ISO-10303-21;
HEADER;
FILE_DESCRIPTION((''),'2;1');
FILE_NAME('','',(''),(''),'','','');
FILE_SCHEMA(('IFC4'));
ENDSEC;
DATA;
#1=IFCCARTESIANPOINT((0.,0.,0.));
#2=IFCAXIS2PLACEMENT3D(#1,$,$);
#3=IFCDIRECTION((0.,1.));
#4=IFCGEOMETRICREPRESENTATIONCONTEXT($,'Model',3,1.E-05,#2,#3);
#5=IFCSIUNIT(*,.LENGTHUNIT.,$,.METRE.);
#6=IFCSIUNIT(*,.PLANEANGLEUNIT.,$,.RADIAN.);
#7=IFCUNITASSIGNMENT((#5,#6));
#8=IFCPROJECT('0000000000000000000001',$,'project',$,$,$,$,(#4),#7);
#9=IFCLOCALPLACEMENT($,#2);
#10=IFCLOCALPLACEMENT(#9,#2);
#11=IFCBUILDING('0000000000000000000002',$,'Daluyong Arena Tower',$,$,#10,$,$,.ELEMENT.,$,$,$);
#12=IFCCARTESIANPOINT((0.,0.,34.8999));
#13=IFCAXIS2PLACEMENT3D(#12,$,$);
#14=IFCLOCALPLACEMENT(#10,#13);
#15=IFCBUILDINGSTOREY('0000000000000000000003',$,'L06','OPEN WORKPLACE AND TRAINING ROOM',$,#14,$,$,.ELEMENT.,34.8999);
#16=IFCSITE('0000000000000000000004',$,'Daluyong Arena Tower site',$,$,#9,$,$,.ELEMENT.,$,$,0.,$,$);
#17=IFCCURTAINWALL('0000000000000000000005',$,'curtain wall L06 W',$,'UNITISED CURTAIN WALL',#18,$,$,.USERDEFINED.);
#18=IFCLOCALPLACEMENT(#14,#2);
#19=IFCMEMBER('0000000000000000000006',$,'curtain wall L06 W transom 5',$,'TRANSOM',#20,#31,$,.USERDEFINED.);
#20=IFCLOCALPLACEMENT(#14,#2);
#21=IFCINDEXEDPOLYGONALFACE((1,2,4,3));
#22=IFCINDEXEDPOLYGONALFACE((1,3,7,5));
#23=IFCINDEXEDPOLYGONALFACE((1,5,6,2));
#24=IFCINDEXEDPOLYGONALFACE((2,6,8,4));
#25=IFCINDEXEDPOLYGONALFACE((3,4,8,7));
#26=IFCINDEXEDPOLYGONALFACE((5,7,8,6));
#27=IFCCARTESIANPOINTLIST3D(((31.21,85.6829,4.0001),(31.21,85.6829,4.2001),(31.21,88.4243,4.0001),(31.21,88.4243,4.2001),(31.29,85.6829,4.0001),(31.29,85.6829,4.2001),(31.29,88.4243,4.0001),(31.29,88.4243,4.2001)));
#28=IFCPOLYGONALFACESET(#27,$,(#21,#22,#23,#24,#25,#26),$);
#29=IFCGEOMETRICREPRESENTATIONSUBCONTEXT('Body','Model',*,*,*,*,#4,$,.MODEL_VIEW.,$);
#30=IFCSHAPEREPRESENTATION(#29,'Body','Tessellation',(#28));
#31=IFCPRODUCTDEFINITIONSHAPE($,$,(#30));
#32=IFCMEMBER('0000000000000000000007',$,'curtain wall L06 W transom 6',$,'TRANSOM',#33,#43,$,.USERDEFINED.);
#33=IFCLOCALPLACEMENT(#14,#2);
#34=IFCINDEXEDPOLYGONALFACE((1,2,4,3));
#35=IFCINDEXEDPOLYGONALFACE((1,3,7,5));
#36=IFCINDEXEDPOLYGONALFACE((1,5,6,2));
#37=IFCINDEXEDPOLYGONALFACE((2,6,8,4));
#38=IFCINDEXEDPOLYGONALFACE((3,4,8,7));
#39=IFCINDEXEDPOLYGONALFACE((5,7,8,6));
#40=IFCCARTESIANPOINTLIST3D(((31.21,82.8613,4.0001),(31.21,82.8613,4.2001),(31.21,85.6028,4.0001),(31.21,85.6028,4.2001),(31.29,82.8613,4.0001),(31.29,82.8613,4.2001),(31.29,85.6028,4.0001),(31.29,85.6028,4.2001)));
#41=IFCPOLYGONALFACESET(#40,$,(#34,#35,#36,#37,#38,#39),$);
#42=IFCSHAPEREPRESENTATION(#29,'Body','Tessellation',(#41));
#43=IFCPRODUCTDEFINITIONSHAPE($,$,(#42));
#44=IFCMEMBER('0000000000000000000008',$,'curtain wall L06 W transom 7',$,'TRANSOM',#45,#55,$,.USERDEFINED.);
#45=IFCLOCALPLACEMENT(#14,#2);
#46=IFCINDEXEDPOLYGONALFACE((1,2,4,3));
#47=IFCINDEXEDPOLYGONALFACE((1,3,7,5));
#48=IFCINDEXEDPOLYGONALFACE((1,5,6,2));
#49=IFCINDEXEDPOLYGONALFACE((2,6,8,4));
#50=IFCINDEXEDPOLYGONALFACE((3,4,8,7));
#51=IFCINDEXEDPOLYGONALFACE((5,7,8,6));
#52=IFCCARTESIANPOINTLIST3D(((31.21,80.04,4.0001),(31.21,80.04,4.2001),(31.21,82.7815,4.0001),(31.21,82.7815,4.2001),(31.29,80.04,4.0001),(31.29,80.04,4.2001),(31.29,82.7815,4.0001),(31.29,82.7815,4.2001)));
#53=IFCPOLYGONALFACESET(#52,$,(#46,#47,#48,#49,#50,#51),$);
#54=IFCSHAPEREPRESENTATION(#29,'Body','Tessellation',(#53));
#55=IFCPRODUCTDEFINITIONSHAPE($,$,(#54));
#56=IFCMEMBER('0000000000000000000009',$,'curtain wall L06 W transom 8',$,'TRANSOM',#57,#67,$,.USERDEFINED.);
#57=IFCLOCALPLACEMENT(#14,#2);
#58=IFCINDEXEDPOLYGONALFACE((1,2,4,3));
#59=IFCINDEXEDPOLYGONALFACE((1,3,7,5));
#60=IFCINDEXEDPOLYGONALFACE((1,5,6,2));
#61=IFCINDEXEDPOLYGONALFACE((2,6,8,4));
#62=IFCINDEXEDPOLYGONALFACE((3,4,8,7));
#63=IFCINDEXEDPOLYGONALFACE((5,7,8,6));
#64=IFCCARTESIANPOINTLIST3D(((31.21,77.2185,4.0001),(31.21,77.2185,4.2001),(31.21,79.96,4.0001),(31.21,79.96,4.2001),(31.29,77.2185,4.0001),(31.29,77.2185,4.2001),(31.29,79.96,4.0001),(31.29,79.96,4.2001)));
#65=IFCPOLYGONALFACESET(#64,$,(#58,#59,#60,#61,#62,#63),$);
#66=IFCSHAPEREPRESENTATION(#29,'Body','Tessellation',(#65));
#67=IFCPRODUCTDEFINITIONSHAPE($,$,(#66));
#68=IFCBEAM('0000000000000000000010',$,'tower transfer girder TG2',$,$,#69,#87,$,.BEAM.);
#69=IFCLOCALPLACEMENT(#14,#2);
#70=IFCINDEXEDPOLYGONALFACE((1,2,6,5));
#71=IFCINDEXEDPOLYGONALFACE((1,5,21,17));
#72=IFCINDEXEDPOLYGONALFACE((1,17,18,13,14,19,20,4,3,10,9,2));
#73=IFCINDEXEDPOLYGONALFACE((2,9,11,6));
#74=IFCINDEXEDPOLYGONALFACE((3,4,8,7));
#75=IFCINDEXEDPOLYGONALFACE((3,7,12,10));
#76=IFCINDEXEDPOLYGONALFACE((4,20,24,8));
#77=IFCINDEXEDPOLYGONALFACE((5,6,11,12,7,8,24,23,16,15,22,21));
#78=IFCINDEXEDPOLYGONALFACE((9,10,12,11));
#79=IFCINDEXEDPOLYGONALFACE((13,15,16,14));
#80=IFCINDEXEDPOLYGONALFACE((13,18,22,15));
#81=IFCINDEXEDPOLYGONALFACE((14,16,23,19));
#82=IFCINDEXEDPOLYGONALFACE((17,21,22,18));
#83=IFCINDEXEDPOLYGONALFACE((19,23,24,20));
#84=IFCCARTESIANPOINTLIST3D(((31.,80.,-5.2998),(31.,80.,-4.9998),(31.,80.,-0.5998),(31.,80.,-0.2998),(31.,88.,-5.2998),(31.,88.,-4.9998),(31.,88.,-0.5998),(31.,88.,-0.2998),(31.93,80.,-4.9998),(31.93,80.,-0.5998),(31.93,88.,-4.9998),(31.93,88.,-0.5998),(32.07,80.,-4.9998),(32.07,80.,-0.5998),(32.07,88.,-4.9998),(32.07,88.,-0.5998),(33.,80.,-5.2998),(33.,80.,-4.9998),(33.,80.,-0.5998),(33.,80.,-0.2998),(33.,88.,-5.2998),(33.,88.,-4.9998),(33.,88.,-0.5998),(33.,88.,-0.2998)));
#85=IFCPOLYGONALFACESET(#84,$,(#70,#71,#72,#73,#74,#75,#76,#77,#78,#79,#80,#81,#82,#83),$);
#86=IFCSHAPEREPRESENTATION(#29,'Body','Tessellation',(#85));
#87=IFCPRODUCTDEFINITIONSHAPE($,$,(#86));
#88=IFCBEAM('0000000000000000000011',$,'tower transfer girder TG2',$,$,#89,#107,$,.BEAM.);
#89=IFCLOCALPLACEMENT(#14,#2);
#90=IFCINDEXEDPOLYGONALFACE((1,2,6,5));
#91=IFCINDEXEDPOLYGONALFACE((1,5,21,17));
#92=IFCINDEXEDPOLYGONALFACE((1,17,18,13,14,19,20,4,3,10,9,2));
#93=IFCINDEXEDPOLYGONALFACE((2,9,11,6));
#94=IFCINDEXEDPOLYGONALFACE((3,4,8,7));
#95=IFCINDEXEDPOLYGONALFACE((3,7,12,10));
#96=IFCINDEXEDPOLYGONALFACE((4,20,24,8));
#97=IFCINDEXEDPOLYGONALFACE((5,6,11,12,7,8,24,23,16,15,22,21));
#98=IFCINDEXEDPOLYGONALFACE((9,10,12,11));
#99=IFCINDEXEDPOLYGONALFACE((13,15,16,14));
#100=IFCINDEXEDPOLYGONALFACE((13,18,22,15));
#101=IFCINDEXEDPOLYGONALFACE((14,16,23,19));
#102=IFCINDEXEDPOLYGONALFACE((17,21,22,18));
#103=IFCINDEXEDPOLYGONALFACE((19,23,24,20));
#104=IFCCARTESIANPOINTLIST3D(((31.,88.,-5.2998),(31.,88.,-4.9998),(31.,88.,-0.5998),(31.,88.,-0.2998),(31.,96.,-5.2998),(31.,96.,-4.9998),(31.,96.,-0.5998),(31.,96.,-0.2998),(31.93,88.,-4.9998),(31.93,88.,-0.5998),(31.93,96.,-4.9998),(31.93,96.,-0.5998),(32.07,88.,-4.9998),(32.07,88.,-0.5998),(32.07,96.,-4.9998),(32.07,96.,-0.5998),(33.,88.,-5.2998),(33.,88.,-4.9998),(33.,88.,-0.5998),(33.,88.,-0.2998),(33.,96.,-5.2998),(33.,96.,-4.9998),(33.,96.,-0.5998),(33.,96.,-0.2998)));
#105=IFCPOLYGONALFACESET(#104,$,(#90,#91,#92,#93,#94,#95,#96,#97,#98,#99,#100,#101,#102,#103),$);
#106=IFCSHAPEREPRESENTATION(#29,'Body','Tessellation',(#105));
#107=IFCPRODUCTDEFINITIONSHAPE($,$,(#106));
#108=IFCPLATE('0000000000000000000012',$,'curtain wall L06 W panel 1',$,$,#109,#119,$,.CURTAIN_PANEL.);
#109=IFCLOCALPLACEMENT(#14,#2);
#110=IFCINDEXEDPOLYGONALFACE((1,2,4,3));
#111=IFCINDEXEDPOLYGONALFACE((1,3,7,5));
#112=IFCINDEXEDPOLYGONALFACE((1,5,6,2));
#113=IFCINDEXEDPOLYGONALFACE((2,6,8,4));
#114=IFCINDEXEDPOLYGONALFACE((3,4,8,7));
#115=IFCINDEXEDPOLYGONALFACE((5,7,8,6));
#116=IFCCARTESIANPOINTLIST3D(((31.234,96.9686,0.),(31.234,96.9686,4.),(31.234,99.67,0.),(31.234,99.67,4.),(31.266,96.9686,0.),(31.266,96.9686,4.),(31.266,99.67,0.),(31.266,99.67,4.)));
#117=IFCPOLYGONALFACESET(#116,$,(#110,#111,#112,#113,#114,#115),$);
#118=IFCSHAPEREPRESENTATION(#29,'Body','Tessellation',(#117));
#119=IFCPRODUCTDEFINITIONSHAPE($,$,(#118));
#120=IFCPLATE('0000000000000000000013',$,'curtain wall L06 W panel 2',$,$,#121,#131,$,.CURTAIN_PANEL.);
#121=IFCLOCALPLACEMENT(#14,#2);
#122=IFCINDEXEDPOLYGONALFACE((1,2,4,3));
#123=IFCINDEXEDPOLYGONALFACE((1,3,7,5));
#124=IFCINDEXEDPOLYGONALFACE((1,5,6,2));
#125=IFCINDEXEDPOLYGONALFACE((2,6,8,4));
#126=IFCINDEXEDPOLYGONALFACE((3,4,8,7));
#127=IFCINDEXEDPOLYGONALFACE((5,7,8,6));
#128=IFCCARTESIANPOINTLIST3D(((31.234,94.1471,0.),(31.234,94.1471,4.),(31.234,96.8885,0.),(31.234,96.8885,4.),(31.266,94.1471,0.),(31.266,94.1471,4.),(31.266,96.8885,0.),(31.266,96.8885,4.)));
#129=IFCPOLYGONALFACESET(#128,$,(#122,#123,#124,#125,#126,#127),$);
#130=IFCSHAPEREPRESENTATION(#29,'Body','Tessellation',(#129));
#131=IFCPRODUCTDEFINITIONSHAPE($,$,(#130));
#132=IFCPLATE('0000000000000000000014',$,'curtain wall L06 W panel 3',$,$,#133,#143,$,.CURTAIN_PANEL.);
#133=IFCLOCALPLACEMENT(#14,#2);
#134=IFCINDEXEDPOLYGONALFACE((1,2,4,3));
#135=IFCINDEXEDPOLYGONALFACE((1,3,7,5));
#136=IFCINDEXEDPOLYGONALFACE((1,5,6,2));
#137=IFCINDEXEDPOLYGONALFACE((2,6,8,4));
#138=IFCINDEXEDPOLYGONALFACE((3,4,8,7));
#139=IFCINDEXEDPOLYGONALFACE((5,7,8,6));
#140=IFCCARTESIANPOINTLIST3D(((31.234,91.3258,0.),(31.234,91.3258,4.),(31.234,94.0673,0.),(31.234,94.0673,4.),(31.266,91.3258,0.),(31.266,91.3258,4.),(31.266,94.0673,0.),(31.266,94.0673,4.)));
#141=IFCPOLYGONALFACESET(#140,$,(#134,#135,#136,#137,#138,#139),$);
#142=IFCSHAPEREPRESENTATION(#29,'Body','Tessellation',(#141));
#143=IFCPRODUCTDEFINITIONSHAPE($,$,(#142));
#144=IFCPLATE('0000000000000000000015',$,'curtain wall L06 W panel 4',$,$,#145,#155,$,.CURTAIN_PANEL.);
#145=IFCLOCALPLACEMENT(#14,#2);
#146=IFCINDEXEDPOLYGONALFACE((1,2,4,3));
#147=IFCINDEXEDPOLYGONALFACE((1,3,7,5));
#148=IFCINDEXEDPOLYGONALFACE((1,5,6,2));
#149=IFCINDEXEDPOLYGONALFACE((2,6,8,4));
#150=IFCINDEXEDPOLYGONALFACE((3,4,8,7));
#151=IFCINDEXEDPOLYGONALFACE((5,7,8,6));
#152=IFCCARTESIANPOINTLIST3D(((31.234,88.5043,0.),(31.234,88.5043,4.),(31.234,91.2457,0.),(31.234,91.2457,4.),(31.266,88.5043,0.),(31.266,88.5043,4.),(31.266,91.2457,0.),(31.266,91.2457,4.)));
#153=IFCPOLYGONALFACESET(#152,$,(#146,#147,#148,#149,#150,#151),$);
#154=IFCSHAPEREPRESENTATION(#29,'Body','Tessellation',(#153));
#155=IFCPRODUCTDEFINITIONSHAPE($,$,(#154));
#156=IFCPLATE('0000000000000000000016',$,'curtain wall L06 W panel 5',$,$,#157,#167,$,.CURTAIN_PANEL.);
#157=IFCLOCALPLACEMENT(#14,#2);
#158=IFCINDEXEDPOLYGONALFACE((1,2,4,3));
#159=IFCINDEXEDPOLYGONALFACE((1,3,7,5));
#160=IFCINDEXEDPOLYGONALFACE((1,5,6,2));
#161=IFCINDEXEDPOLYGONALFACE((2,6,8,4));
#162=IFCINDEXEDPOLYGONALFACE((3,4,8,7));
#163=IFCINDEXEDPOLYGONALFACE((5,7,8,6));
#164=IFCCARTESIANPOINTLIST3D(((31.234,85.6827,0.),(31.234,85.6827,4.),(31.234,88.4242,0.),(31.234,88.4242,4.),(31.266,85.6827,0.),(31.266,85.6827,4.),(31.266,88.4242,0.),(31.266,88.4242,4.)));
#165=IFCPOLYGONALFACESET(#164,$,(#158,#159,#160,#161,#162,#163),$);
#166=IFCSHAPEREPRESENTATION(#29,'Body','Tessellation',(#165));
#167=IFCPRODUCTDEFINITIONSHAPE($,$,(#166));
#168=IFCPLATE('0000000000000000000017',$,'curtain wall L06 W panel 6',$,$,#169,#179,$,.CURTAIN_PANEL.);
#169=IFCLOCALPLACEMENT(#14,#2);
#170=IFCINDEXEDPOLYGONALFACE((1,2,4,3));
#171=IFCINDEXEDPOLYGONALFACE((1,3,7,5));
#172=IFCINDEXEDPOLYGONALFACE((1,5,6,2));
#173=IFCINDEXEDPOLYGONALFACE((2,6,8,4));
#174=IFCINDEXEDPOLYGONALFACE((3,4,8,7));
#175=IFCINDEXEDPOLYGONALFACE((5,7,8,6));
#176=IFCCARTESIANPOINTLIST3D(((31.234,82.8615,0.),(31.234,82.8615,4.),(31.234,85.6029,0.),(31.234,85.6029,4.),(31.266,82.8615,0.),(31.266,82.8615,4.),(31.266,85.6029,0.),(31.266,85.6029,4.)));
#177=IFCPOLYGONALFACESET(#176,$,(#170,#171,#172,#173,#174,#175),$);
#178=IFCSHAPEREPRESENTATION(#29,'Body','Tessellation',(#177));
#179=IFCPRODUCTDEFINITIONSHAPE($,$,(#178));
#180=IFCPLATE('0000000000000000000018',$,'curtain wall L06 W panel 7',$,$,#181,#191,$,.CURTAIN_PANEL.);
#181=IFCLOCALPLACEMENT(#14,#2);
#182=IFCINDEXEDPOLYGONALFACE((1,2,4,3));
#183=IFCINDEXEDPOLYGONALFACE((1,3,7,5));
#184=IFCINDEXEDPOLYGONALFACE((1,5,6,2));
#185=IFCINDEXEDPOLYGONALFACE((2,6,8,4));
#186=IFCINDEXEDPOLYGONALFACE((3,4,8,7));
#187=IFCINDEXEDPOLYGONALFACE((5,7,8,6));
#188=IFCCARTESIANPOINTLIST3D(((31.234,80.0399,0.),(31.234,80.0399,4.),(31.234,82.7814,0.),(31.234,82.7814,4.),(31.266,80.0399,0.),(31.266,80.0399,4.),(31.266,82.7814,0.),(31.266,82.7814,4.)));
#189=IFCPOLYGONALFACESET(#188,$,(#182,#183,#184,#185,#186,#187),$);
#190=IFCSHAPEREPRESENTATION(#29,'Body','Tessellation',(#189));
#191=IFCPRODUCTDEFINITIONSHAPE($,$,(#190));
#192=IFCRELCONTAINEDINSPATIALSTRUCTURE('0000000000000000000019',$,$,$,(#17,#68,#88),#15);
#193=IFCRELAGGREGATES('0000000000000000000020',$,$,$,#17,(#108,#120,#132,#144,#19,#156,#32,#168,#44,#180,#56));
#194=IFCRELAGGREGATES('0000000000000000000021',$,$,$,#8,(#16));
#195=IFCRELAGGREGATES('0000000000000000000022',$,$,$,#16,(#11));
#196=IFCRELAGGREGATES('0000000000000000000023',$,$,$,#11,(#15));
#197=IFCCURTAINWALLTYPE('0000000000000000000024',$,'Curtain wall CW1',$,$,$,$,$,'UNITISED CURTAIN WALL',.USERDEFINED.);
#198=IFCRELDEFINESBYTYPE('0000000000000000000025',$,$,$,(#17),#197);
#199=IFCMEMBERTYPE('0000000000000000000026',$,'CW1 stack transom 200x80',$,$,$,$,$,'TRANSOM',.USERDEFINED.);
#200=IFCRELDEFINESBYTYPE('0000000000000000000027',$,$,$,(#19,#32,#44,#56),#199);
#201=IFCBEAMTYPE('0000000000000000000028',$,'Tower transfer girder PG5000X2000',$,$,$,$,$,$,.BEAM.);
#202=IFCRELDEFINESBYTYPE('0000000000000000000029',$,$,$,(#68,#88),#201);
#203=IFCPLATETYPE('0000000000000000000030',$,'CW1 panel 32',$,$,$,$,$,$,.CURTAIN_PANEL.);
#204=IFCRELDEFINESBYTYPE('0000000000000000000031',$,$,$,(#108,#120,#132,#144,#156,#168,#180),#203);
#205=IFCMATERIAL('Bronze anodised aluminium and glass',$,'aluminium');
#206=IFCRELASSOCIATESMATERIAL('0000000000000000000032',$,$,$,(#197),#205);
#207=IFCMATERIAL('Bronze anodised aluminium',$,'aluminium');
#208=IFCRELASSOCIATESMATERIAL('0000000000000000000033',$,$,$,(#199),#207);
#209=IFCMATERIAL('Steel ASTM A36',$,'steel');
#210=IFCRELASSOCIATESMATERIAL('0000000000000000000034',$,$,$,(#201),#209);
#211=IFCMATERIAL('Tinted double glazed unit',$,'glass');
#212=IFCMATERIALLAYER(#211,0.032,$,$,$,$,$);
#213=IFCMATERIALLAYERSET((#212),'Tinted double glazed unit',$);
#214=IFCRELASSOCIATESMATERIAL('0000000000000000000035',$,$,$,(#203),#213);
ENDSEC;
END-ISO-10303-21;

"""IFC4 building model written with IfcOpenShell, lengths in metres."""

from ifc_helpers import new_model, si_unit, direction, frame, origin, origin_2d, place, context, subcontext, project, spatial, rectangle, i_section, extrude, material, layer, layer_set, material_profile, profile_set, type_object, element, aggregate, save


model = new_model("IFC4")

# Units and contexts
model_context = context("Model", 3, precision=1e-05, world=origin(), true_north=direction((0.0, 1.0)))
body_context = subcontext(model_context, "Body", "Model", "MODEL_VIEW")
ifc_project = project(units=[si_unit("LENGTHUNIT", "METRE"), si_unit("PLANEANGLEUNIT", "RADIAN")], contexts=[model_context])

# Site, building, storey
site_placement = place(None, origin())
site = spatial("IfcSite", under=ifc_project, at=site_placement, Name="Daluyong Arena Tower site", CompositionType="ELEMENT", RefElevation=0.0)
building_placement = place(site_placement, origin())
building = spatial("IfcBuilding", under=site, at=building_placement, Name="Daluyong Arena Tower", CompositionType="ELEMENT")
storey_placement = place(building_placement, frame((0.0, 0.0, 34.8999)))
storey = spatial("IfcBuildingStorey", under=building, at=storey_placement, Name="L06", Description="OPEN WORKPLACE AND TRAINING ROOM", CompositionType="ELEMENT", Elevation=34.8999)

# Curtain wall, members
ifc_material_1 = material(Name="Bronze anodised aluminium and glass", Category="aluminium")
curtain_wall_type = type_object("IfcCurtainWallType", Name="Curtain wall CW1", ElementType="UNITISED CURTAIN WALL", PredefinedType="USERDEFINED", material=ifc_material_1)
curtain_wall_placement = place(storey_placement, origin())
curtain_wall = element("IfcCurtainWall", 1, at=curtain_wall_placement, inside=storey, type_object=curtain_wall_type, Name="curtain wall L06 W", ObjectType="UNITISED CURTAIN WALL", PredefinedType="USERDEFINED")
ifc_material_2 = material(Name="Bronze anodised aluminium", Category="aluminium")
ifc_material_profile_1 = material_profile(ifc_material_2, rectangle(XDim=0.0801, YDim=0.2, at=origin_2d()))
ifc_profile_set_1 = profile_set([ifc_material_profile_1], Name="Bronze anodised aluminium")
member_type_1 = type_object("IfcMemberType", Name="CW1 stack transom 200x80", ElementType="TRANSOM", PredefinedType="USERDEFINED", material=ifc_profile_set_1)
member_1_placement = place(storey_placement, frame((31.25, 88.4243, 4.1001), z_axis=(0.0, -1.0, 0.0), x_axis=(1.0, 0.0, 0.0)))
member_1 = element("IfcMember", 2, at=member_1_placement, type_object=member_type_1, Name="curtain wall L06 W transom 5", ObjectType="TRANSOM", PredefinedType="USERDEFINED", context=body_context, shape_type="SweptSolid", body=[
    extrude(rectangle(XDim=0.0801, YDim=0.2, at=origin_2d()), origin(), (0.0, 0.0, 1.0), 2.7415),
])
member_2_placement = place(storey_placement, frame((31.25, 85.6028, 4.1001), z_axis=(0.0, -1.0, 0.0), x_axis=(1.0, 0.0, 0.0)))
member_2 = element("IfcMember", 3, at=member_2_placement, type_object=member_type_1, Name="curtain wall L06 W transom 6", ObjectType="TRANSOM", PredefinedType="USERDEFINED", context=body_context, shape_type="SweptSolid", body=[
    extrude(rectangle(XDim=0.0801, YDim=0.2, at=origin_2d()), origin(), (0.0, 0.0, 1.0), 2.7415),
])
member_3_placement = place(storey_placement, frame((31.25, 82.7815, 4.1001), z_axis=(0.0, -1.0, 0.0), x_axis=(1.0, 0.0, 0.0)))
member_3 = element("IfcMember", 4, at=member_3_placement, type_object=member_type_1, Name="curtain wall L06 W transom 7", ObjectType="TRANSOM", PredefinedType="USERDEFINED", context=body_context, shape_type="SweptSolid", body=[
    extrude(rectangle(XDim=0.0801, YDim=0.2, at=origin_2d()), origin(), (0.0, 0.0, 1.0), 2.7415),
])
member_4_placement = place(storey_placement, frame((31.25, 79.96, 4.1001), z_axis=(0.0, -1.0, 0.0), x_axis=(1.0, 0.0, 0.0)))
member_4 = element("IfcMember", 5, at=member_4_placement, type_object=member_type_1, Name="curtain wall L06 W transom 8", ObjectType="TRANSOM", PredefinedType="USERDEFINED", context=body_context, shape_type="SweptSolid", body=[
    extrude(rectangle(XDim=0.0801, YDim=0.2, at=origin_2d()), origin(), (0.0, 0.0, 1.0), 2.7415),
])

# Beams
ifc_material_3 = material(Name="Steel ASTM A36", Category="steel")
ifc_material_profile_2 = material_profile(ifc_material_3, i_section(OverallWidth=2.0, OverallDepth=5.0, WebThickness=0.14, FlangeThickness=0.3, at=origin_2d()))
ifc_profile_set_2 = profile_set([ifc_material_profile_2], Name="Steel ASTM A36")
beam_type = type_object("IfcBeamType", Name="Tower transfer girder PG5000X2000", PredefinedType="BEAM", material=ifc_profile_set_2)
for number, where, z_axis, x_axis, name in (
    (6, (32.0, 80.0, -2.7998), (0.0, 1.0, 0.0), (-1.0, 0.0, 0.0), "tower transfer girder TG2"),
    (7, (32.0, 88.0, -2.7998), (0.0, 1.0, 0.0), (-1.0, 0.0, 0.0), "tower transfer girder TG2"),
):
    element("IfcBeam", number, at=place(storey_placement, frame(where, z_axis=z_axis, x_axis=x_axis)), inside=storey, type_object=beam_type, Name=name, PredefinedType="BEAM", context=body_context, shape_type="SweptSolid", body=[
        extrude(i_section(OverallWidth=2.0, OverallDepth=5.0, WebThickness=0.14, FlangeThickness=0.3, at=origin_2d()), origin(), (0.0, 0.0, 1.0), 8.0),
    ])

# Plates
ifc_material_4 = material(Name="Tinted double glazed unit", Category="glass")
ifc_layer = layer(ifc_material_4, 0.032)
ifc_layer_set = layer_set([ifc_layer], Name="Tinted double glazed unit")
plate_type = type_object("IfcPlateType", Name="CW1 panel 32", PredefinedType="CURTAIN_PANEL", material=ifc_layer_set)
plate_1_placement = place(storey_placement, frame((31.25, 98.3193, 0.0), z_axis=(0.0, 0.0, 1.0), x_axis=(0.0, -1.0, 0.0)))
plate_1 = element("IfcPlate", 8, at=plate_1_placement, type_object=plate_type, Name="curtain wall L06 W panel 1", PredefinedType="CURTAIN_PANEL", context=body_context, shape_type="SweptSolid", body=[
    extrude(rectangle(XDim=2.7014, YDim=0.032, at=origin_2d()), origin(), (0.0, 0.0, 1.0), 4.0),
])
plate_2_placement = place(storey_placement, frame((31.25, 95.5178, 0.0), z_axis=(0.0, 0.0, 1.0), x_axis=(0.0, -1.0, 0.0)))
plate_2 = element("IfcPlate", 9, at=plate_2_placement, type_object=plate_type, Name="curtain wall L06 W panel 2", PredefinedType="CURTAIN_PANEL", context=body_context, shape_type="SweptSolid", body=[
    extrude(rectangle(XDim=2.7415, YDim=0.032, at=origin_2d()), origin(), (0.0, 0.0, 1.0), 4.0),
])
plate_3_placement = place(storey_placement, frame((31.25, 92.6965, 0.0), z_axis=(0.0, 0.0, 1.0), x_axis=(0.0, -1.0, 0.0)))
plate_3 = element("IfcPlate", 10, at=plate_3_placement, type_object=plate_type, Name="curtain wall L06 W panel 3", PredefinedType="CURTAIN_PANEL", context=body_context, shape_type="SweptSolid", body=[
    extrude(rectangle(XDim=2.7415, YDim=0.032, at=origin_2d()), origin(), (0.0, 0.0, 1.0), 4.0),
])
plate_4_placement = place(storey_placement, frame((31.25, 89.875, 0.0), z_axis=(0.0, 0.0, 1.0), x_axis=(0.0, -1.0, 0.0)))
plate_4 = element("IfcPlate", 11, at=plate_4_placement, type_object=plate_type, Name="curtain wall L06 W panel 4", PredefinedType="CURTAIN_PANEL", context=body_context, shape_type="SweptSolid", body=[
    extrude(rectangle(XDim=2.7415, YDim=0.032, at=origin_2d()), origin(), (0.0, 0.0, 1.0), 4.0),
])
plate_5_placement = place(storey_placement, frame((31.25, 87.0535, 0.0), z_axis=(0.0, 0.0, 1.0), x_axis=(0.0, -1.0, 0.0)))
plate_5 = element("IfcPlate", 12, at=plate_5_placement, type_object=plate_type, Name="curtain wall L06 W panel 5", PredefinedType="CURTAIN_PANEL", context=body_context, shape_type="SweptSolid", body=[
    extrude(rectangle(XDim=2.7415, YDim=0.032, at=origin_2d()), origin(), (0.0, 0.0, 1.0), 4.0),
])
plate_6_placement = place(storey_placement, frame((31.25, 84.2322, 0.0), z_axis=(0.0, 0.0, 1.0), x_axis=(0.0, -1.0, 0.0)))
plate_6 = element("IfcPlate", 13, at=plate_6_placement, type_object=plate_type, Name="curtain wall L06 W panel 6", PredefinedType="CURTAIN_PANEL", context=body_context, shape_type="SweptSolid", body=[
    extrude(rectangle(XDim=2.7415, YDim=0.032, at=origin_2d()), origin(), (0.0, 0.0, 1.0), 4.0),
])
plate_7_placement = place(storey_placement, frame((31.25, 81.4106, 0.0), z_axis=(0.0, 0.0, 1.0), x_axis=(0.0, -1.0, 0.0)))
plate_7 = element("IfcPlate", 14, at=plate_7_placement, type_object=plate_type, Name="curtain wall L06 W panel 7", PredefinedType="CURTAIN_PANEL", context=body_context, shape_type="SweptSolid", body=[
    extrude(rectangle(XDim=2.7415, YDim=0.032, at=origin_2d()), origin(), (0.0, 0.0, 1.0), 4.0),
])
aggregate(curtain_wall, [plate_1, plate_2, plate_3, plate_4, member_1, plate_5, member_2, plate_6, member_3, plate_7, member_4])

save(model, "model.ifc")
